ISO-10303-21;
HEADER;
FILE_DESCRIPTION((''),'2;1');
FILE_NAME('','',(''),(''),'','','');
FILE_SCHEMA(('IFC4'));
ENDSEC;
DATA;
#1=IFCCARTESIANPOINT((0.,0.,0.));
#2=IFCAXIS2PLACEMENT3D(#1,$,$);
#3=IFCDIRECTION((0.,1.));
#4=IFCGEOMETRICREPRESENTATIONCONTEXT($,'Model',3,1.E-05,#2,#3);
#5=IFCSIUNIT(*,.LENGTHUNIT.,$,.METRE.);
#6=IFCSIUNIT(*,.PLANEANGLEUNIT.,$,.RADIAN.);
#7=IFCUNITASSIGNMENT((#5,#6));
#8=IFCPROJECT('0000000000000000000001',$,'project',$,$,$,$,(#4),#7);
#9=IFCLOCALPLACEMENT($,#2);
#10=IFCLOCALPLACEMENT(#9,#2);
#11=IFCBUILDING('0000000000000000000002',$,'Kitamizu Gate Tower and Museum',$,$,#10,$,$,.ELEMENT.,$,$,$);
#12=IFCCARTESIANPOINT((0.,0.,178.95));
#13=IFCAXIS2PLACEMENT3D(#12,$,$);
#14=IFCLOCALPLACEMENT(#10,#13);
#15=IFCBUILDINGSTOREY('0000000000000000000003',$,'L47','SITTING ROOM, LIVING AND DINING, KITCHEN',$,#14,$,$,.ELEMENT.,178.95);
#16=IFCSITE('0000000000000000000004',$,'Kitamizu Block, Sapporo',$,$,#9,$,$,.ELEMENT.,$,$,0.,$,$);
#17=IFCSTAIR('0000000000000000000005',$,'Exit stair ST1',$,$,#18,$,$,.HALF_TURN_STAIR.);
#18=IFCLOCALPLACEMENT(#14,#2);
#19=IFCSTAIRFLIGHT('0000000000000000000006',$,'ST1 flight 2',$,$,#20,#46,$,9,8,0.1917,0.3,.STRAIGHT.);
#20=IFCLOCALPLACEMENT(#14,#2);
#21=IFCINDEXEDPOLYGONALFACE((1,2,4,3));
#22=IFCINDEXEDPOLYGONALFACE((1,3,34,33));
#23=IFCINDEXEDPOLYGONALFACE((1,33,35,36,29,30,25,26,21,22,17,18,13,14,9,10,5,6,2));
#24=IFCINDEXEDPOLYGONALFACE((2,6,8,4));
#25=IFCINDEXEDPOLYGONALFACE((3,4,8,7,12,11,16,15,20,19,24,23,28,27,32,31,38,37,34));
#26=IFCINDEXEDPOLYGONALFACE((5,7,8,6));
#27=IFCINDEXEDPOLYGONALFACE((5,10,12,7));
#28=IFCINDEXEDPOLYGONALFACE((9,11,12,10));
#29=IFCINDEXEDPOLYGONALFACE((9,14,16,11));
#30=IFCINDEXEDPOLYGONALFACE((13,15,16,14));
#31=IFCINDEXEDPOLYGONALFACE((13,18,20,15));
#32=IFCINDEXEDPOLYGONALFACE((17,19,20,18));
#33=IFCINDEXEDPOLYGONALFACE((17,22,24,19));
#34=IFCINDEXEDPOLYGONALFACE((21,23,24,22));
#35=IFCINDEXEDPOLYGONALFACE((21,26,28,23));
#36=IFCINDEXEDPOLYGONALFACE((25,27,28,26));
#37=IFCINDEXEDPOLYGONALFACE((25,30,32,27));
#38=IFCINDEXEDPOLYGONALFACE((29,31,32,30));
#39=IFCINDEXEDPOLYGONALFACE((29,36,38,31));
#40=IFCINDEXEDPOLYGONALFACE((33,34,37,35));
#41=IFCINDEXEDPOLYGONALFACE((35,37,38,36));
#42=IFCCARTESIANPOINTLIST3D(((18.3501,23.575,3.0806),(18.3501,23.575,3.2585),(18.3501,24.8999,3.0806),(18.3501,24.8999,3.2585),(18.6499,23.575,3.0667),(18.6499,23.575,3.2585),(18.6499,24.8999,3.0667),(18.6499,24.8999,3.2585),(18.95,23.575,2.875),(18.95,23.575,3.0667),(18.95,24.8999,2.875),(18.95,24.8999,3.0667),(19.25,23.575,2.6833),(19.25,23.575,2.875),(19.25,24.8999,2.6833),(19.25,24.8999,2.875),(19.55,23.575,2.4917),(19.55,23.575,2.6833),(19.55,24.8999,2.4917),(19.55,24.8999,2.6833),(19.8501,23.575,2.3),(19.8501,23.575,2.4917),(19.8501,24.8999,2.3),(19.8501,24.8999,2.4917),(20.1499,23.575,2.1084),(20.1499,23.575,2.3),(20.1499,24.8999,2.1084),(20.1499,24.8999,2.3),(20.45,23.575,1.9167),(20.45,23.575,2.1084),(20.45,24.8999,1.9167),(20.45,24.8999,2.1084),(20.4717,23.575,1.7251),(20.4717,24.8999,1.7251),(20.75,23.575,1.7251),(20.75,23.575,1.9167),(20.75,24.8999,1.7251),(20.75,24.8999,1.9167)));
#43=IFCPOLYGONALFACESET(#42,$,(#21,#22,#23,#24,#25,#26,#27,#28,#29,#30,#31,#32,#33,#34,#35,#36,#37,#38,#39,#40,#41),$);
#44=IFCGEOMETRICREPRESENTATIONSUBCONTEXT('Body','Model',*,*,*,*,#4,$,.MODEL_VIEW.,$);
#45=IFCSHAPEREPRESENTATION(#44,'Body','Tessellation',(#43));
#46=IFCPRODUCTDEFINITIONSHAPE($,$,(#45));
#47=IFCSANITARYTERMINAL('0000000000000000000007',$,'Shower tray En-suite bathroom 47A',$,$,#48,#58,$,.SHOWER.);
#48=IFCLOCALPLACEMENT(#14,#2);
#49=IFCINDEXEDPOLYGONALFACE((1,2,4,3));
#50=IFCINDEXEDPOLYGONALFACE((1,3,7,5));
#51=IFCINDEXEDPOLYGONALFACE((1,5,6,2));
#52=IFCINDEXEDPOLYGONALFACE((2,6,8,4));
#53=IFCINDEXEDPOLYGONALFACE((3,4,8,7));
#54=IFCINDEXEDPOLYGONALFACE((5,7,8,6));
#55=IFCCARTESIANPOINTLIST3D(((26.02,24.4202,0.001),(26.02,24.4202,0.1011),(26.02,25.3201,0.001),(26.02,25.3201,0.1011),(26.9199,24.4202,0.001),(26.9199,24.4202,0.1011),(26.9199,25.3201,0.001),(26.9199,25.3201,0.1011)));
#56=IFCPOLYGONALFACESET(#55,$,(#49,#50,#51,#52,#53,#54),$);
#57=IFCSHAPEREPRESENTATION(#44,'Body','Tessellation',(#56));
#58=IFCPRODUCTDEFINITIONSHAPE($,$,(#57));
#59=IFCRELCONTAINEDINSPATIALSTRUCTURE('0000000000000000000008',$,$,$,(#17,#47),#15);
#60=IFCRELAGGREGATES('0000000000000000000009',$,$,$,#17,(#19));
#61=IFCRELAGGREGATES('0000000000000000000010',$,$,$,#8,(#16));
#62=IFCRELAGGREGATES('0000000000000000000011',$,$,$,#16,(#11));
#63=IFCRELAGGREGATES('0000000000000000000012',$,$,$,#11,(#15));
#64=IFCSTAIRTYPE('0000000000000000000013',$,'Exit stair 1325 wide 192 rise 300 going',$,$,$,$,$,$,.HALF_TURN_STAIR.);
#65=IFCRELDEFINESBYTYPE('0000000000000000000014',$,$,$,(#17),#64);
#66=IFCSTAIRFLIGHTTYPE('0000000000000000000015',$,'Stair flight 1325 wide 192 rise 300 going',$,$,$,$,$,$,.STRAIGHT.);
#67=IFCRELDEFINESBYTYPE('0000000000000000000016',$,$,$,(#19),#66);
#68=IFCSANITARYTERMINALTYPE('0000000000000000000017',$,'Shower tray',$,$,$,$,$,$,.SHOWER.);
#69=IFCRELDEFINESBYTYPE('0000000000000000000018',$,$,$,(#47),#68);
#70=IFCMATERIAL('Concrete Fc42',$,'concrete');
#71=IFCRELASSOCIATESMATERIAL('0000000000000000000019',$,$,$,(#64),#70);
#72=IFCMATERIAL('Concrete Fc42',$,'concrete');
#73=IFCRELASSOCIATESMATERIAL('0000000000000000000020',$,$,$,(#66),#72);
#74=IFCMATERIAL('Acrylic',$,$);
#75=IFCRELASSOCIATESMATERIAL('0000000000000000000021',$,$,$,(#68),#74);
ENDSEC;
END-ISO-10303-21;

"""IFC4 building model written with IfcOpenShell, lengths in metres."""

from ifc_helpers import new_model, si_unit, direction, frame, origin, origin_2d, place, context, subcontext, project, spatial, polyline, rectangle, outline, extrude, material, type_object, element, aggregate, save


model = new_model("IFC4")

# Units and contexts
model_context = context("Model", 3, precision=1e-05, world=origin(), true_north=direction((0.0, 1.0)))
body_context = subcontext(model_context, "Body", "Model", "MODEL_VIEW")
ifc_project = project(units=[si_unit("LENGTHUNIT", "METRE"), si_unit("PLANEANGLEUNIT", "RADIAN")], contexts=[model_context])

# Site, building, storey
site_placement = place(None, origin())
site = spatial("IfcSite", under=ifc_project, at=site_placement, Name="Kitamizu Block, Sapporo", CompositionType="ELEMENT", RefElevation=0.0)
building_placement = place(site_placement, origin())
building = spatial("IfcBuilding", under=site, at=building_placement, Name="Kitamizu Gate Tower and Museum", CompositionType="ELEMENT")
storey_placement = place(building_placement, frame((0.0, 0.0, 178.95)))
storey = spatial("IfcBuildingStorey", under=building, at=storey_placement, Name="L47", Description="SITTING ROOM, LIVING AND DINING, KITCHEN", CompositionType="ELEMENT", Elevation=178.95)

# Stair, stair flight
ifc_material_1 = material(Name="Concrete Fc42", Category="concrete")
stair_type = type_object("IfcStairType", Name="Exit stair 1325 wide 192 rise 300 going", PredefinedType="HALF_TURN_STAIR", material=ifc_material_1)
stair_placement = place(storey_placement, origin())
stair = element("IfcStair", 1, at=stair_placement, inside=storey, type_object=stair_type, Name="Exit stair ST1", PredefinedType="HALF_TURN_STAIR")
ifc_material_2 = material(Name="Concrete Fc42", Category="concrete")
stair_flight_type = type_object("IfcStairFlightType", Name="Stair flight 1325 wide 192 rise 300 going", PredefinedType="STRAIGHT", material=ifc_material_2)
stair_flight_1_placement = place(storey_placement, frame((20.75, 24.2375, 1.7251), z_axis=(0.0, 0.0, 1.0), x_axis=(-1.0, 0.0, 0.0)))
stair_flight_1 = element("IfcStairFlight", 2, at=stair_flight_1_placement, type_object=stair_flight_type, Name="ST1 flight 2", NumberOfRisers=9, NumberOfTreads=8, PredefinedType="STRAIGHT", RiserHeight=0.1917, TreadLength=0.3, context=body_context, shape_type="SweptSolid", body=[
    extrude(outline(polyline([(0.0, 0.0), (0.0, 0.1917), (0.3, 0.1917), (0.3, 0.3833), (0.6001, 0.3833), (0.6001, 0.575), (0.8999, 0.575), (0.8999, 0.7666), (1.2, 0.7666), (1.2, 0.9583), (1.5, 0.9583), (1.5, 1.1499), (1.8, 1.1499), (1.8, 1.3416), (2.1001, 1.3416), (2.1001, 1.5334), (2.3999, 1.5334), (2.3999, 1.7251), (2.3999, 1.3555), (0.2783, 0.0), (0.0, 0.0)])), frame((0.0, 0.6626, 0.0), z_axis=(0.0, -1.0, 0.0), x_axis=(1.0, 0.0, 0.0)), (0.0, 0.0, 1.0), 1.325),
])
aggregate(stair, [stair_flight_1])

# Sanitary terminal
ifc_material_3 = material(Name="Acrylic")
sanitary_terminal_type = type_object("IfcSanitaryTerminalType", Name="Shower tray", PredefinedType="SHOWER", material=ifc_material_3)
sanitary_terminal_placement = place(storey_placement, frame((26.47, 24.8701, 0.001), z_axis=(0.0, 0.0, 1.0), x_axis=(1.0, 0.0, 0.0)))
element("IfcSanitaryTerminal", 3, at=sanitary_terminal_placement, inside=storey, type_object=sanitary_terminal_type, Name="Shower tray En-suite bathroom 47A", PredefinedType="SHOWER", context=body_context, shape_type="SweptSolid", body=[
    extrude(rectangle(XDim=0.8999, YDim=0.8999, at=origin_2d()), origin(), (0.0, 0.0, 1.0), 0.1001),
])

save(model, "model.ifc")
